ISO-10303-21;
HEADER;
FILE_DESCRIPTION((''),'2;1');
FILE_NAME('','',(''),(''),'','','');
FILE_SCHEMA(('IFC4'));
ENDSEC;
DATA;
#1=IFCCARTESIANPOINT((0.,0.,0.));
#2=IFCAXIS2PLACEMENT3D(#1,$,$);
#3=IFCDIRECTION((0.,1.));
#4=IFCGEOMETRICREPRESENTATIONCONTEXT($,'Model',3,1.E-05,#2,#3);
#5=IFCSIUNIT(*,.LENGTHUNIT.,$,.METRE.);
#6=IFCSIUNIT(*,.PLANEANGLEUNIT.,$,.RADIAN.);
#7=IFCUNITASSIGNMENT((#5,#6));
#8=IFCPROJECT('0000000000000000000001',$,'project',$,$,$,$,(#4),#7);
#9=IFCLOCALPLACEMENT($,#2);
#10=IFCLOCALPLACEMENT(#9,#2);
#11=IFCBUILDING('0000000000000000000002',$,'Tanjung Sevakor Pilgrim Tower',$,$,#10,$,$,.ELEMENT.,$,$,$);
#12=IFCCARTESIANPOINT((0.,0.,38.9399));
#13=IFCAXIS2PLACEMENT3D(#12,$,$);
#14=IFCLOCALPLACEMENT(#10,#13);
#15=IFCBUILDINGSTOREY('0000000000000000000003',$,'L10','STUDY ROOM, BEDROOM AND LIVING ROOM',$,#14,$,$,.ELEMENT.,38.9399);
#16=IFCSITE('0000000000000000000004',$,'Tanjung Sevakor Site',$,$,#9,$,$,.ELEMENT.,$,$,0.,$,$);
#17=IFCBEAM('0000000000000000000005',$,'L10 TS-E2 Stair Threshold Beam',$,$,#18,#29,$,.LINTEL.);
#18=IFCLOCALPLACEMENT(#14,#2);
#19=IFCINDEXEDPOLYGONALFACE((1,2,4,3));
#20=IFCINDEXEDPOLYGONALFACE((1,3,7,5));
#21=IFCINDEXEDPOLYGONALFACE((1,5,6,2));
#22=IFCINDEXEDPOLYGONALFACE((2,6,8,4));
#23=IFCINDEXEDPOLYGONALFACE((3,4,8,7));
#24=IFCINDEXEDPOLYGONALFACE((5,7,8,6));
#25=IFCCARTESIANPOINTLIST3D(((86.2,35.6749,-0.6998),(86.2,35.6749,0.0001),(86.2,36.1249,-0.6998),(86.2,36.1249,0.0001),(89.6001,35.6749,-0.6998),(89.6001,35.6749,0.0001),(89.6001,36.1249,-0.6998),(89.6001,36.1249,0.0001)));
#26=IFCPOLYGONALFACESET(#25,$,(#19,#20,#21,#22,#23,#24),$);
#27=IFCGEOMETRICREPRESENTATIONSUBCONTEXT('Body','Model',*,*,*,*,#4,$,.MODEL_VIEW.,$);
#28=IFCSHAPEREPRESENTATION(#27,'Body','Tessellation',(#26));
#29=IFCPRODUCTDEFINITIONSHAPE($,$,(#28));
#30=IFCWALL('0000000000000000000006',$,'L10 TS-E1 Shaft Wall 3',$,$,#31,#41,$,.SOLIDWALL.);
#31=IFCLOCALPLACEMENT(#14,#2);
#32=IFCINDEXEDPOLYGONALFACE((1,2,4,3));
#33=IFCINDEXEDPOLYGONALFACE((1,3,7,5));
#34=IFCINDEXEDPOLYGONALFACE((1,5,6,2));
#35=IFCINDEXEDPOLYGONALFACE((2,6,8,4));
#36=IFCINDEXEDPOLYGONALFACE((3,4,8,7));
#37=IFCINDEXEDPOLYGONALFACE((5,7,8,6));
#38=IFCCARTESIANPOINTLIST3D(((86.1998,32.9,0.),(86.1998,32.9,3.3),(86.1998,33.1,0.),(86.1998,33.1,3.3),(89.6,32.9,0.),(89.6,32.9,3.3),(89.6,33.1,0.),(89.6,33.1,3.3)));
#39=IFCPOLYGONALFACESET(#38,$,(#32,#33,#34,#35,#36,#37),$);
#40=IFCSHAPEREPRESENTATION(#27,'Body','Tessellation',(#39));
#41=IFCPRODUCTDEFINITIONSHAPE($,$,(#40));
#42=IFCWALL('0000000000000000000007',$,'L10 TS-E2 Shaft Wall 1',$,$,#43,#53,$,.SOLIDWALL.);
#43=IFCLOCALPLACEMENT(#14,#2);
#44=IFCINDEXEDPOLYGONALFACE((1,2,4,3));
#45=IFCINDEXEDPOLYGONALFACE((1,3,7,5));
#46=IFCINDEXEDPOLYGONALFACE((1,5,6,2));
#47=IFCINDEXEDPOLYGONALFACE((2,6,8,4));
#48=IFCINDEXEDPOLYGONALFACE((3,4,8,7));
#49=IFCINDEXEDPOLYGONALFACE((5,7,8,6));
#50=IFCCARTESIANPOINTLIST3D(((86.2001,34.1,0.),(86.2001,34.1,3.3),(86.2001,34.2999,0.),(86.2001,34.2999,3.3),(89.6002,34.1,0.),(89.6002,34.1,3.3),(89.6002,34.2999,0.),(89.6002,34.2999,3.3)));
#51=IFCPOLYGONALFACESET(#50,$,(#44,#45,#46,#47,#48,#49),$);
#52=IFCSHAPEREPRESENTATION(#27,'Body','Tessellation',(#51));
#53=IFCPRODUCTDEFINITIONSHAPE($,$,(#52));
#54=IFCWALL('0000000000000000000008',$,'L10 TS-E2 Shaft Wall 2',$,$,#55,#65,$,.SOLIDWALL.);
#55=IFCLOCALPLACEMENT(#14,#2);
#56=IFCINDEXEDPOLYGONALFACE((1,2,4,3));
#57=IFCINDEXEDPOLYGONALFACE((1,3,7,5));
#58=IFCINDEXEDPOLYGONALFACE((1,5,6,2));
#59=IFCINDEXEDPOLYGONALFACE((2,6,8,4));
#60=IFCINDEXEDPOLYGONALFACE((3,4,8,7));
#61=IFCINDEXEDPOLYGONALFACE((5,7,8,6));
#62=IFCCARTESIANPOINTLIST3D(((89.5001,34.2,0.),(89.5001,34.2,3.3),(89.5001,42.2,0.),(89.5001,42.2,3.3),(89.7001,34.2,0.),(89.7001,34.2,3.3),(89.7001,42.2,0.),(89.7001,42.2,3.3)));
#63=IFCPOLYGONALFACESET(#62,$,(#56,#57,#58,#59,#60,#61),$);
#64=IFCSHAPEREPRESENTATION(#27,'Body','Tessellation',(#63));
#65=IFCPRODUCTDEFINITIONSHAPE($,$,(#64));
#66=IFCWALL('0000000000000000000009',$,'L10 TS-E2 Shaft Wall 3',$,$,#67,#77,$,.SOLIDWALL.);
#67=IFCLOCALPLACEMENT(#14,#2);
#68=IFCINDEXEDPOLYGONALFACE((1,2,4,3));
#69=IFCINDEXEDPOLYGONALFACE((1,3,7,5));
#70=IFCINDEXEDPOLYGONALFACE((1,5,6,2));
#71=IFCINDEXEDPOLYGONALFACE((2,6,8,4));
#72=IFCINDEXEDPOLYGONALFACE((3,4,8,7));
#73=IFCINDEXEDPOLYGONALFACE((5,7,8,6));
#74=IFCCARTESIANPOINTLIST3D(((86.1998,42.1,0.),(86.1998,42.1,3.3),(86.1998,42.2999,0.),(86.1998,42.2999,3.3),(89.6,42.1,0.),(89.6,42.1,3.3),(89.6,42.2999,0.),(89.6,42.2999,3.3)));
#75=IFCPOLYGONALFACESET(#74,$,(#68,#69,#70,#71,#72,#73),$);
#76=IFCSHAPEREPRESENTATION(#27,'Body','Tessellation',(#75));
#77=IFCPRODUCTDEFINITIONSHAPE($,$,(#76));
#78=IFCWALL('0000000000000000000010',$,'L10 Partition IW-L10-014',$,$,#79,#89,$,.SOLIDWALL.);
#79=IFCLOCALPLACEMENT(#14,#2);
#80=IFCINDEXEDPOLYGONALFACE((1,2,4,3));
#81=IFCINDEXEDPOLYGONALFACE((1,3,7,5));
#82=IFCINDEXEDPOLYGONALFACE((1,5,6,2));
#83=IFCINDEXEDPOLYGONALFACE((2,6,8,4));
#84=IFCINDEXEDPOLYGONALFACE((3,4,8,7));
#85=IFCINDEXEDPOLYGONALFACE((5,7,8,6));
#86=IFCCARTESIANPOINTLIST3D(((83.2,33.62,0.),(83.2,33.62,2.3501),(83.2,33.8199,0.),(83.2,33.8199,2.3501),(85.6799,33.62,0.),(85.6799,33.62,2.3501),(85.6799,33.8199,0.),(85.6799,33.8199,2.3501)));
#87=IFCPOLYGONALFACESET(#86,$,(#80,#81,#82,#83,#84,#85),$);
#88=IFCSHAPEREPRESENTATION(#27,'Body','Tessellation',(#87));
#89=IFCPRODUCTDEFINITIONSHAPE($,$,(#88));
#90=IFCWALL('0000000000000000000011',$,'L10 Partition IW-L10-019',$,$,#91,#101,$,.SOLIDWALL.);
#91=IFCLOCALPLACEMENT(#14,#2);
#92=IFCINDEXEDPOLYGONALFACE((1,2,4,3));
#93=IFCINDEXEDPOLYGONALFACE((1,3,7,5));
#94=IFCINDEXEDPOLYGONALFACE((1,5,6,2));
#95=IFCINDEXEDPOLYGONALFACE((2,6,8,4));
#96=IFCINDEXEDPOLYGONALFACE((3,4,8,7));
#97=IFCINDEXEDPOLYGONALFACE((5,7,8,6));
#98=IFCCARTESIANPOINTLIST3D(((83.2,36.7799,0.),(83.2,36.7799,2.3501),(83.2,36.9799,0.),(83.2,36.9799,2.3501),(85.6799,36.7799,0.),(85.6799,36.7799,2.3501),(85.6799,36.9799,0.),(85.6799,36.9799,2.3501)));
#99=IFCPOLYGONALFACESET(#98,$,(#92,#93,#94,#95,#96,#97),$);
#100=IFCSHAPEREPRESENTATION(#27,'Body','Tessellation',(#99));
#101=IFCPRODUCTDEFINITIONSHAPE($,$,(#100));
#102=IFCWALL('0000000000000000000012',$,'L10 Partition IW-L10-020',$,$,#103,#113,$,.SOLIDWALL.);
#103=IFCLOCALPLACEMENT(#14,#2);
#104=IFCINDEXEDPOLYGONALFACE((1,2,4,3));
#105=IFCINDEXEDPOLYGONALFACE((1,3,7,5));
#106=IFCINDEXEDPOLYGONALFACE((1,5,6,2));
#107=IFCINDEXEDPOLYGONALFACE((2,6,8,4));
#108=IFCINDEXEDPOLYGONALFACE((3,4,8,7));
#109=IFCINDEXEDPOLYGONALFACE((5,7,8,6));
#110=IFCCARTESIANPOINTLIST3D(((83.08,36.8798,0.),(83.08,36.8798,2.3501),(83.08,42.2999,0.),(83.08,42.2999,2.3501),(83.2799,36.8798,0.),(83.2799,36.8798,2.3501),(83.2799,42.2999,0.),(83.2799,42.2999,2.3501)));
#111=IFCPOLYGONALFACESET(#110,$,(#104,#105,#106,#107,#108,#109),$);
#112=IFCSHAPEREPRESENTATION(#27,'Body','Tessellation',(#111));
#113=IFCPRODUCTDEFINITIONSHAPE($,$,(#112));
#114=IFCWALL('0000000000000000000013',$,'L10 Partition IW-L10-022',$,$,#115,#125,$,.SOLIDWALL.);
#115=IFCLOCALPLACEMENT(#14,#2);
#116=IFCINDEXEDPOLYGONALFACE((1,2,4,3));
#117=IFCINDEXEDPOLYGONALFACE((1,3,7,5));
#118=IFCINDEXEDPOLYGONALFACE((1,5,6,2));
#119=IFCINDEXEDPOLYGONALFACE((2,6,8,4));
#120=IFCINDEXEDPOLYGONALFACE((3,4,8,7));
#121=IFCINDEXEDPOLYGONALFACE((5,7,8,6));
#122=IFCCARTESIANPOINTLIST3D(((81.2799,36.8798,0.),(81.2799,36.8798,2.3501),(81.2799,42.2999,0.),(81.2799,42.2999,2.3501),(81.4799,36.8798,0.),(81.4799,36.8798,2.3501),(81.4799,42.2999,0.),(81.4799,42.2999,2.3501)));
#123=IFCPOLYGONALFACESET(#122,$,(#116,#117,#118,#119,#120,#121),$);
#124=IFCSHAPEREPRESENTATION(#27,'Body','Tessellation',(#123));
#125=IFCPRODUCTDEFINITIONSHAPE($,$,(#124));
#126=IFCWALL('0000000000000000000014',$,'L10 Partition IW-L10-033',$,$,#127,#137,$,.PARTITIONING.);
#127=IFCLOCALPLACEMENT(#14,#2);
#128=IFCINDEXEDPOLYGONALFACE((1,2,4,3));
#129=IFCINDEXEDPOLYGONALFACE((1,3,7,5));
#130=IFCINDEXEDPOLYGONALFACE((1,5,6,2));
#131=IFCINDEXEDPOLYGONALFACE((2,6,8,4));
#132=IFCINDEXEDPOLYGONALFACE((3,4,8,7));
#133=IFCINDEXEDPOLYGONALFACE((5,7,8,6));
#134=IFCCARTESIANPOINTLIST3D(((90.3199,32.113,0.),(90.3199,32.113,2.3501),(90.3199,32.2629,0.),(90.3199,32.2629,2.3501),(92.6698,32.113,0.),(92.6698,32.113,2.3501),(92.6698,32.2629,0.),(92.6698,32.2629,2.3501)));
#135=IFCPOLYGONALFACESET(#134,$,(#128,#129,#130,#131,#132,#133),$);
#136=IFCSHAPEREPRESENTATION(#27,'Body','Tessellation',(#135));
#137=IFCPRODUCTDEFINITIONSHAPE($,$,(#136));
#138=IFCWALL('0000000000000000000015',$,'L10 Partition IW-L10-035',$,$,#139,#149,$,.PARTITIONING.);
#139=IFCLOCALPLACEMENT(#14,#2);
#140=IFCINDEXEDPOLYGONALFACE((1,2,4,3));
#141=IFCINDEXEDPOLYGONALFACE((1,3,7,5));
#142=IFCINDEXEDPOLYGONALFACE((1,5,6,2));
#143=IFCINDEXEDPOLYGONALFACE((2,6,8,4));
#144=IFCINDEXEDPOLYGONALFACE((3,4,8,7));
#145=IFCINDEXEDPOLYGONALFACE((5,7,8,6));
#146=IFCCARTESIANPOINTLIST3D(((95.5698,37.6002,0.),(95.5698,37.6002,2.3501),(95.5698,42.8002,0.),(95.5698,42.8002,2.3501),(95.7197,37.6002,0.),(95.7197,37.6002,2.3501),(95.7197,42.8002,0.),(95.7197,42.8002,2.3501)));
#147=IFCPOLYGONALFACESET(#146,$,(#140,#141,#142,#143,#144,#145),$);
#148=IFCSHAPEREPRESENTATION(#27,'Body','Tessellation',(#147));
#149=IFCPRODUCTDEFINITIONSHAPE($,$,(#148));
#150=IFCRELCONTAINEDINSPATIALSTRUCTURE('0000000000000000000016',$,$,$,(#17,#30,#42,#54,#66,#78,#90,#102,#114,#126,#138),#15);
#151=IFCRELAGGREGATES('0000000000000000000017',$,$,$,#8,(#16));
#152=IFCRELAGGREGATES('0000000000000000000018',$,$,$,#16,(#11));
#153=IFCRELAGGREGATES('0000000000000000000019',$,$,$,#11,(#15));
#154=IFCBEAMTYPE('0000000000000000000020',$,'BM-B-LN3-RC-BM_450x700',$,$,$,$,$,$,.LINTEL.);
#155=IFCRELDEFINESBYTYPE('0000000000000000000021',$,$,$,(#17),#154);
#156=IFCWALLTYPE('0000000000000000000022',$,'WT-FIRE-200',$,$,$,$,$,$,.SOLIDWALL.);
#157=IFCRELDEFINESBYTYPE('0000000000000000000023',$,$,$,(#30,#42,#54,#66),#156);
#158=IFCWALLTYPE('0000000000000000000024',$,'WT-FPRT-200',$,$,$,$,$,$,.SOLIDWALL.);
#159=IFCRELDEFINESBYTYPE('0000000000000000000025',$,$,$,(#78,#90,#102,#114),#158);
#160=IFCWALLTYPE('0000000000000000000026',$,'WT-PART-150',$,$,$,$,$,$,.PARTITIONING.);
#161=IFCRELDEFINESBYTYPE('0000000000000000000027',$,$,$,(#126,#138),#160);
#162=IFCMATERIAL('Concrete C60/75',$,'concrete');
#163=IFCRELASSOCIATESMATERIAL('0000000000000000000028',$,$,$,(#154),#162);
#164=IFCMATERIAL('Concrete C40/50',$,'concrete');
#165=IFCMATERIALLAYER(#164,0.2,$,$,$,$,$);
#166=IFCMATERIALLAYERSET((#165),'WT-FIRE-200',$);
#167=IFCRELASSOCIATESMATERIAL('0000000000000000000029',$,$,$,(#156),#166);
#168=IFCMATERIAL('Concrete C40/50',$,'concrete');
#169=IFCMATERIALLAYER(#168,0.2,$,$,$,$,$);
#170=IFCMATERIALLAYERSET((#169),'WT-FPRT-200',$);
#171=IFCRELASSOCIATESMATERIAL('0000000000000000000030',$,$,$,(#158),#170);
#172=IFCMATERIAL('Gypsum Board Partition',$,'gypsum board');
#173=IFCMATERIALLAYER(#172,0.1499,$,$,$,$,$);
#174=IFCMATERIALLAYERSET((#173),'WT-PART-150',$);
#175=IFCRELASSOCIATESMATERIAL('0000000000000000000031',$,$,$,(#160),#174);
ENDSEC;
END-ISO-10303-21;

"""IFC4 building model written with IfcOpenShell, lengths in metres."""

from ifc_helpers import new_model, si_unit, direction, frame, frame_2d, origin, origin_2d, place, context, subcontext, project, spatial, rectangle, extrude, material, layer, layer_set, material_profile, profile_set, type_object, element, save


model = new_model("IFC4")

# Units and contexts
model_context = context("Model", 3, precision=1e-05, world=origin(), true_north=direction((0.0, 1.0)))
body_context = subcontext(model_context, "Body", "Model", "MODEL_VIEW")
ifc_project = project(units=[si_unit("LENGTHUNIT", "METRE"), si_unit("PLANEANGLEUNIT", "RADIAN")], contexts=[model_context])

# Site, building, storey
site_placement = place(None, origin())
site = spatial("IfcSite", under=ifc_project, at=site_placement, Name="Tanjung Sevakor Site", CompositionType="ELEMENT", RefElevation=0.0)
building_placement = place(site_placement, origin())
building = spatial("IfcBuilding", under=site, at=building_placement, Name="Tanjung Sevakor Pilgrim Tower", CompositionType="ELEMENT")
storey_placement = place(building_placement, frame((0.0, 0.0, 38.9399)))
storey = spatial("IfcBuildingStorey", under=building, at=storey_placement, Name="L10", Description="STUDY ROOM, BEDROOM AND LIVING ROOM", CompositionType="ELEMENT", Elevation=38.9399)

# Beam
ifc_material_1 = material(Name="Concrete C60/75", Category="concrete")
ifc_material_profile = material_profile(ifc_material_1, rectangle(XDim=0.45, YDim=0.7, at=origin_2d()))
ifc_profile_set = profile_set([ifc_material_profile], Name="Concrete C60/75")
beam_type = type_object("IfcBeamType", Name="BM-B-LN3-RC-BM_450x700", PredefinedType="LINTEL", material=ifc_profile_set)
beam_placement = place(storey_placement, frame((86.2, 35.8999, -0.3499), z_axis=(1.0, 0.0, 0.0), x_axis=(0.0, 1.0, 0.0)))
element("IfcBeam", 1, at=beam_placement, inside=storey, type_object=beam_type, Name="L10 TS-E2 Stair Threshold Beam", PredefinedType="LINTEL", context=body_context, shape_type="SweptSolid", body=[
    extrude(rectangle(XDim=0.45, YDim=0.7, at=origin_2d()), origin(), (0.0, 0.0, 1.0), 3.4001),
])

# Walls
ifc_material_2 = material(Name="Concrete C40/50", Category="concrete")
ifc_layer_1 = layer(ifc_material_2, 0.2)
ifc_layer_set_1 = layer_set([ifc_layer_1], Name="WT-FIRE-200")
wall_type_1 = type_object("IfcWallType", Name="WT-FIRE-200", PredefinedType="SOLIDWALL", material=ifc_layer_set_1)
for number, where, z_axis, x_axis, name in (
    (2, (89.6001, 33.0, 0.0), (0.0, 0.0, 1.0), (-1.0, 0.0, 0.0), "L10 TS-E1 Shaft Wall 3"),
    (3, (86.2, 34.2, 0.0), (0.0, 0.0, 1.0), (1.0, 0.0, 0.0), "L10 TS-E2 Shaft Wall 1"),
):
    element("IfcWall", number, at=place(storey_placement, frame(where, z_axis=z_axis, x_axis=x_axis)), inside=storey, type_object=wall_type_1, Name=name, PredefinedType="SOLIDWALL", context=body_context, shape_type="SweptSolid", body=[
        extrude(rectangle(XDim=3.4001, YDim=0.2, at=frame_2d((1.7002, 0.0))), origin(), (0.0, 0.0, 1.0), 3.3),
    ])
wall_1_placement = place(storey_placement, frame((89.6001, 34.2, 0.0), z_axis=(0.0, 0.0, 1.0), x_axis=(0.0, 1.0, 0.0)))
element("IfcWall", 4, at=wall_1_placement, inside=storey, type_object=wall_type_1, Name="L10 TS-E2 Shaft Wall 2", PredefinedType="SOLIDWALL", context=body_context, shape_type="SweptSolid", body=[
    extrude(rectangle(XDim=8.0, YDim=0.2, at=frame_2d((4.0, 0.0))), origin(), (0.0, 0.0, 1.0), 3.3),
])
wall_2_placement = place(storey_placement, frame((89.6001, 42.2, 0.0), z_axis=(0.0, 0.0, 1.0), x_axis=(-1.0, 0.0, 0.0)))
element("IfcWall", 5, at=wall_2_placement, inside=storey, type_object=wall_type_1, Name="L10 TS-E2 Shaft Wall 3", PredefinedType="SOLIDWALL", context=body_context, shape_type="SweptSolid", body=[
    extrude(rectangle(XDim=3.4001, YDim=0.2, at=frame_2d((1.7002, 0.0))), origin(), (0.0, 0.0, 1.0), 3.3),
])
ifc_material_3 = material(Name="Concrete C40/50", Category="concrete")
ifc_layer_2 = layer(ifc_material_3, 0.2)
ifc_layer_set_2 = layer_set([ifc_layer_2], Name="WT-FPRT-200")
wall_type_2 = type_object("IfcWallType", Name="WT-FPRT-200", PredefinedType="SOLIDWALL", material=ifc_layer_set_2)
for number, where, z_axis, x_axis, name in (
    (6, (83.2, 33.72, 0.0), (0.0, 0.0, 1.0), (1.0, 0.0, 0.0), "L10 Partition IW-L10-014"),
    (7, (83.2, 36.8799, 0.0), (0.0, 0.0, 1.0), (1.0, 0.0, 0.0), "L10 Partition IW-L10-019"),
):
    element("IfcWall", number, at=place(storey_placement, frame(where, z_axis=z_axis, x_axis=x_axis)), inside=storey, type_object=wall_type_2, Name=name, PredefinedType="SOLIDWALL", context=body_context, shape_type="SweptSolid", body=[
        extrude(rectangle(XDim=2.48, YDim=0.2, at=frame_2d((1.24, 0.0))), origin(), (0.0, 0.0, 1.0), 2.3501),
    ])
for number, where, z_axis, x_axis, name in (
    (8, (83.1799, 36.8799, 0.0), (0.0, 0.0, 1.0), (0.0, 1.0, 0.0), "L10 Partition IW-L10-020"),
    (9, (81.3799, 36.8799, 0.0), (0.0, 0.0, 1.0), (0.0, 1.0, 0.0), "L10 Partition IW-L10-022"),
):
    element("IfcWall", number, at=place(storey_placement, frame(where, z_axis=z_axis, x_axis=x_axis)), inside=storey, type_object=wall_type_2, Name=name, PredefinedType="SOLIDWALL", context=body_context, shape_type="SweptSolid", body=[
        extrude(rectangle(XDim=5.4202, YDim=0.2, at=frame_2d((2.71, 0.0))), origin(), (0.0, 0.0, 1.0), 2.3501),
    ])
ifc_material_4 = material(Name="Gypsum Board Partition", Category="gypsum board")
ifc_layer_3 = layer(ifc_material_4, 0.1499)
ifc_layer_set_3 = layer_set([ifc_layer_3], Name="WT-PART-150")
wall_type_3 = type_object("IfcWallType", Name="WT-PART-150", PredefinedType="PARTITIONING", material=ifc_layer_set_3)
wall_3_placement = place(storey_placement, frame((90.3201, 32.188, 0.0), z_axis=(0.0, 0.0, 1.0), x_axis=(1.0, 0.0, 0.0)))
element("IfcWall", 10, at=wall_3_placement, inside=storey, type_object=wall_type_3, Name="L10 Partition IW-L10-033", PredefinedType="PARTITIONING", context=body_context, shape_type="SweptSolid", body=[
    extrude(rectangle(XDim=2.3499, YDim=0.1499, at=frame_2d((1.1748, 0.0))), origin(), (0.0, 0.0, 1.0), 2.3501),
])
wall_4_placement = place(storey_placement, frame((95.6448, 37.6001, 0.0), z_axis=(0.0, 0.0, 1.0), x_axis=(0.0, 1.0, 0.0)))
element("IfcWall", 11, at=wall_4_placement, inside=storey, type_object=wall_type_3, Name="L10 Partition IW-L10-035", PredefinedType="PARTITIONING", context=body_context, shape_type="SweptSolid", body=[
    extrude(rectangle(XDim=5.2, YDim=0.1499, at=frame_2d((2.6001, 0.0))), origin(), (0.0, 0.0, 1.0), 2.3501),
])

save(model, "model.ifc")
